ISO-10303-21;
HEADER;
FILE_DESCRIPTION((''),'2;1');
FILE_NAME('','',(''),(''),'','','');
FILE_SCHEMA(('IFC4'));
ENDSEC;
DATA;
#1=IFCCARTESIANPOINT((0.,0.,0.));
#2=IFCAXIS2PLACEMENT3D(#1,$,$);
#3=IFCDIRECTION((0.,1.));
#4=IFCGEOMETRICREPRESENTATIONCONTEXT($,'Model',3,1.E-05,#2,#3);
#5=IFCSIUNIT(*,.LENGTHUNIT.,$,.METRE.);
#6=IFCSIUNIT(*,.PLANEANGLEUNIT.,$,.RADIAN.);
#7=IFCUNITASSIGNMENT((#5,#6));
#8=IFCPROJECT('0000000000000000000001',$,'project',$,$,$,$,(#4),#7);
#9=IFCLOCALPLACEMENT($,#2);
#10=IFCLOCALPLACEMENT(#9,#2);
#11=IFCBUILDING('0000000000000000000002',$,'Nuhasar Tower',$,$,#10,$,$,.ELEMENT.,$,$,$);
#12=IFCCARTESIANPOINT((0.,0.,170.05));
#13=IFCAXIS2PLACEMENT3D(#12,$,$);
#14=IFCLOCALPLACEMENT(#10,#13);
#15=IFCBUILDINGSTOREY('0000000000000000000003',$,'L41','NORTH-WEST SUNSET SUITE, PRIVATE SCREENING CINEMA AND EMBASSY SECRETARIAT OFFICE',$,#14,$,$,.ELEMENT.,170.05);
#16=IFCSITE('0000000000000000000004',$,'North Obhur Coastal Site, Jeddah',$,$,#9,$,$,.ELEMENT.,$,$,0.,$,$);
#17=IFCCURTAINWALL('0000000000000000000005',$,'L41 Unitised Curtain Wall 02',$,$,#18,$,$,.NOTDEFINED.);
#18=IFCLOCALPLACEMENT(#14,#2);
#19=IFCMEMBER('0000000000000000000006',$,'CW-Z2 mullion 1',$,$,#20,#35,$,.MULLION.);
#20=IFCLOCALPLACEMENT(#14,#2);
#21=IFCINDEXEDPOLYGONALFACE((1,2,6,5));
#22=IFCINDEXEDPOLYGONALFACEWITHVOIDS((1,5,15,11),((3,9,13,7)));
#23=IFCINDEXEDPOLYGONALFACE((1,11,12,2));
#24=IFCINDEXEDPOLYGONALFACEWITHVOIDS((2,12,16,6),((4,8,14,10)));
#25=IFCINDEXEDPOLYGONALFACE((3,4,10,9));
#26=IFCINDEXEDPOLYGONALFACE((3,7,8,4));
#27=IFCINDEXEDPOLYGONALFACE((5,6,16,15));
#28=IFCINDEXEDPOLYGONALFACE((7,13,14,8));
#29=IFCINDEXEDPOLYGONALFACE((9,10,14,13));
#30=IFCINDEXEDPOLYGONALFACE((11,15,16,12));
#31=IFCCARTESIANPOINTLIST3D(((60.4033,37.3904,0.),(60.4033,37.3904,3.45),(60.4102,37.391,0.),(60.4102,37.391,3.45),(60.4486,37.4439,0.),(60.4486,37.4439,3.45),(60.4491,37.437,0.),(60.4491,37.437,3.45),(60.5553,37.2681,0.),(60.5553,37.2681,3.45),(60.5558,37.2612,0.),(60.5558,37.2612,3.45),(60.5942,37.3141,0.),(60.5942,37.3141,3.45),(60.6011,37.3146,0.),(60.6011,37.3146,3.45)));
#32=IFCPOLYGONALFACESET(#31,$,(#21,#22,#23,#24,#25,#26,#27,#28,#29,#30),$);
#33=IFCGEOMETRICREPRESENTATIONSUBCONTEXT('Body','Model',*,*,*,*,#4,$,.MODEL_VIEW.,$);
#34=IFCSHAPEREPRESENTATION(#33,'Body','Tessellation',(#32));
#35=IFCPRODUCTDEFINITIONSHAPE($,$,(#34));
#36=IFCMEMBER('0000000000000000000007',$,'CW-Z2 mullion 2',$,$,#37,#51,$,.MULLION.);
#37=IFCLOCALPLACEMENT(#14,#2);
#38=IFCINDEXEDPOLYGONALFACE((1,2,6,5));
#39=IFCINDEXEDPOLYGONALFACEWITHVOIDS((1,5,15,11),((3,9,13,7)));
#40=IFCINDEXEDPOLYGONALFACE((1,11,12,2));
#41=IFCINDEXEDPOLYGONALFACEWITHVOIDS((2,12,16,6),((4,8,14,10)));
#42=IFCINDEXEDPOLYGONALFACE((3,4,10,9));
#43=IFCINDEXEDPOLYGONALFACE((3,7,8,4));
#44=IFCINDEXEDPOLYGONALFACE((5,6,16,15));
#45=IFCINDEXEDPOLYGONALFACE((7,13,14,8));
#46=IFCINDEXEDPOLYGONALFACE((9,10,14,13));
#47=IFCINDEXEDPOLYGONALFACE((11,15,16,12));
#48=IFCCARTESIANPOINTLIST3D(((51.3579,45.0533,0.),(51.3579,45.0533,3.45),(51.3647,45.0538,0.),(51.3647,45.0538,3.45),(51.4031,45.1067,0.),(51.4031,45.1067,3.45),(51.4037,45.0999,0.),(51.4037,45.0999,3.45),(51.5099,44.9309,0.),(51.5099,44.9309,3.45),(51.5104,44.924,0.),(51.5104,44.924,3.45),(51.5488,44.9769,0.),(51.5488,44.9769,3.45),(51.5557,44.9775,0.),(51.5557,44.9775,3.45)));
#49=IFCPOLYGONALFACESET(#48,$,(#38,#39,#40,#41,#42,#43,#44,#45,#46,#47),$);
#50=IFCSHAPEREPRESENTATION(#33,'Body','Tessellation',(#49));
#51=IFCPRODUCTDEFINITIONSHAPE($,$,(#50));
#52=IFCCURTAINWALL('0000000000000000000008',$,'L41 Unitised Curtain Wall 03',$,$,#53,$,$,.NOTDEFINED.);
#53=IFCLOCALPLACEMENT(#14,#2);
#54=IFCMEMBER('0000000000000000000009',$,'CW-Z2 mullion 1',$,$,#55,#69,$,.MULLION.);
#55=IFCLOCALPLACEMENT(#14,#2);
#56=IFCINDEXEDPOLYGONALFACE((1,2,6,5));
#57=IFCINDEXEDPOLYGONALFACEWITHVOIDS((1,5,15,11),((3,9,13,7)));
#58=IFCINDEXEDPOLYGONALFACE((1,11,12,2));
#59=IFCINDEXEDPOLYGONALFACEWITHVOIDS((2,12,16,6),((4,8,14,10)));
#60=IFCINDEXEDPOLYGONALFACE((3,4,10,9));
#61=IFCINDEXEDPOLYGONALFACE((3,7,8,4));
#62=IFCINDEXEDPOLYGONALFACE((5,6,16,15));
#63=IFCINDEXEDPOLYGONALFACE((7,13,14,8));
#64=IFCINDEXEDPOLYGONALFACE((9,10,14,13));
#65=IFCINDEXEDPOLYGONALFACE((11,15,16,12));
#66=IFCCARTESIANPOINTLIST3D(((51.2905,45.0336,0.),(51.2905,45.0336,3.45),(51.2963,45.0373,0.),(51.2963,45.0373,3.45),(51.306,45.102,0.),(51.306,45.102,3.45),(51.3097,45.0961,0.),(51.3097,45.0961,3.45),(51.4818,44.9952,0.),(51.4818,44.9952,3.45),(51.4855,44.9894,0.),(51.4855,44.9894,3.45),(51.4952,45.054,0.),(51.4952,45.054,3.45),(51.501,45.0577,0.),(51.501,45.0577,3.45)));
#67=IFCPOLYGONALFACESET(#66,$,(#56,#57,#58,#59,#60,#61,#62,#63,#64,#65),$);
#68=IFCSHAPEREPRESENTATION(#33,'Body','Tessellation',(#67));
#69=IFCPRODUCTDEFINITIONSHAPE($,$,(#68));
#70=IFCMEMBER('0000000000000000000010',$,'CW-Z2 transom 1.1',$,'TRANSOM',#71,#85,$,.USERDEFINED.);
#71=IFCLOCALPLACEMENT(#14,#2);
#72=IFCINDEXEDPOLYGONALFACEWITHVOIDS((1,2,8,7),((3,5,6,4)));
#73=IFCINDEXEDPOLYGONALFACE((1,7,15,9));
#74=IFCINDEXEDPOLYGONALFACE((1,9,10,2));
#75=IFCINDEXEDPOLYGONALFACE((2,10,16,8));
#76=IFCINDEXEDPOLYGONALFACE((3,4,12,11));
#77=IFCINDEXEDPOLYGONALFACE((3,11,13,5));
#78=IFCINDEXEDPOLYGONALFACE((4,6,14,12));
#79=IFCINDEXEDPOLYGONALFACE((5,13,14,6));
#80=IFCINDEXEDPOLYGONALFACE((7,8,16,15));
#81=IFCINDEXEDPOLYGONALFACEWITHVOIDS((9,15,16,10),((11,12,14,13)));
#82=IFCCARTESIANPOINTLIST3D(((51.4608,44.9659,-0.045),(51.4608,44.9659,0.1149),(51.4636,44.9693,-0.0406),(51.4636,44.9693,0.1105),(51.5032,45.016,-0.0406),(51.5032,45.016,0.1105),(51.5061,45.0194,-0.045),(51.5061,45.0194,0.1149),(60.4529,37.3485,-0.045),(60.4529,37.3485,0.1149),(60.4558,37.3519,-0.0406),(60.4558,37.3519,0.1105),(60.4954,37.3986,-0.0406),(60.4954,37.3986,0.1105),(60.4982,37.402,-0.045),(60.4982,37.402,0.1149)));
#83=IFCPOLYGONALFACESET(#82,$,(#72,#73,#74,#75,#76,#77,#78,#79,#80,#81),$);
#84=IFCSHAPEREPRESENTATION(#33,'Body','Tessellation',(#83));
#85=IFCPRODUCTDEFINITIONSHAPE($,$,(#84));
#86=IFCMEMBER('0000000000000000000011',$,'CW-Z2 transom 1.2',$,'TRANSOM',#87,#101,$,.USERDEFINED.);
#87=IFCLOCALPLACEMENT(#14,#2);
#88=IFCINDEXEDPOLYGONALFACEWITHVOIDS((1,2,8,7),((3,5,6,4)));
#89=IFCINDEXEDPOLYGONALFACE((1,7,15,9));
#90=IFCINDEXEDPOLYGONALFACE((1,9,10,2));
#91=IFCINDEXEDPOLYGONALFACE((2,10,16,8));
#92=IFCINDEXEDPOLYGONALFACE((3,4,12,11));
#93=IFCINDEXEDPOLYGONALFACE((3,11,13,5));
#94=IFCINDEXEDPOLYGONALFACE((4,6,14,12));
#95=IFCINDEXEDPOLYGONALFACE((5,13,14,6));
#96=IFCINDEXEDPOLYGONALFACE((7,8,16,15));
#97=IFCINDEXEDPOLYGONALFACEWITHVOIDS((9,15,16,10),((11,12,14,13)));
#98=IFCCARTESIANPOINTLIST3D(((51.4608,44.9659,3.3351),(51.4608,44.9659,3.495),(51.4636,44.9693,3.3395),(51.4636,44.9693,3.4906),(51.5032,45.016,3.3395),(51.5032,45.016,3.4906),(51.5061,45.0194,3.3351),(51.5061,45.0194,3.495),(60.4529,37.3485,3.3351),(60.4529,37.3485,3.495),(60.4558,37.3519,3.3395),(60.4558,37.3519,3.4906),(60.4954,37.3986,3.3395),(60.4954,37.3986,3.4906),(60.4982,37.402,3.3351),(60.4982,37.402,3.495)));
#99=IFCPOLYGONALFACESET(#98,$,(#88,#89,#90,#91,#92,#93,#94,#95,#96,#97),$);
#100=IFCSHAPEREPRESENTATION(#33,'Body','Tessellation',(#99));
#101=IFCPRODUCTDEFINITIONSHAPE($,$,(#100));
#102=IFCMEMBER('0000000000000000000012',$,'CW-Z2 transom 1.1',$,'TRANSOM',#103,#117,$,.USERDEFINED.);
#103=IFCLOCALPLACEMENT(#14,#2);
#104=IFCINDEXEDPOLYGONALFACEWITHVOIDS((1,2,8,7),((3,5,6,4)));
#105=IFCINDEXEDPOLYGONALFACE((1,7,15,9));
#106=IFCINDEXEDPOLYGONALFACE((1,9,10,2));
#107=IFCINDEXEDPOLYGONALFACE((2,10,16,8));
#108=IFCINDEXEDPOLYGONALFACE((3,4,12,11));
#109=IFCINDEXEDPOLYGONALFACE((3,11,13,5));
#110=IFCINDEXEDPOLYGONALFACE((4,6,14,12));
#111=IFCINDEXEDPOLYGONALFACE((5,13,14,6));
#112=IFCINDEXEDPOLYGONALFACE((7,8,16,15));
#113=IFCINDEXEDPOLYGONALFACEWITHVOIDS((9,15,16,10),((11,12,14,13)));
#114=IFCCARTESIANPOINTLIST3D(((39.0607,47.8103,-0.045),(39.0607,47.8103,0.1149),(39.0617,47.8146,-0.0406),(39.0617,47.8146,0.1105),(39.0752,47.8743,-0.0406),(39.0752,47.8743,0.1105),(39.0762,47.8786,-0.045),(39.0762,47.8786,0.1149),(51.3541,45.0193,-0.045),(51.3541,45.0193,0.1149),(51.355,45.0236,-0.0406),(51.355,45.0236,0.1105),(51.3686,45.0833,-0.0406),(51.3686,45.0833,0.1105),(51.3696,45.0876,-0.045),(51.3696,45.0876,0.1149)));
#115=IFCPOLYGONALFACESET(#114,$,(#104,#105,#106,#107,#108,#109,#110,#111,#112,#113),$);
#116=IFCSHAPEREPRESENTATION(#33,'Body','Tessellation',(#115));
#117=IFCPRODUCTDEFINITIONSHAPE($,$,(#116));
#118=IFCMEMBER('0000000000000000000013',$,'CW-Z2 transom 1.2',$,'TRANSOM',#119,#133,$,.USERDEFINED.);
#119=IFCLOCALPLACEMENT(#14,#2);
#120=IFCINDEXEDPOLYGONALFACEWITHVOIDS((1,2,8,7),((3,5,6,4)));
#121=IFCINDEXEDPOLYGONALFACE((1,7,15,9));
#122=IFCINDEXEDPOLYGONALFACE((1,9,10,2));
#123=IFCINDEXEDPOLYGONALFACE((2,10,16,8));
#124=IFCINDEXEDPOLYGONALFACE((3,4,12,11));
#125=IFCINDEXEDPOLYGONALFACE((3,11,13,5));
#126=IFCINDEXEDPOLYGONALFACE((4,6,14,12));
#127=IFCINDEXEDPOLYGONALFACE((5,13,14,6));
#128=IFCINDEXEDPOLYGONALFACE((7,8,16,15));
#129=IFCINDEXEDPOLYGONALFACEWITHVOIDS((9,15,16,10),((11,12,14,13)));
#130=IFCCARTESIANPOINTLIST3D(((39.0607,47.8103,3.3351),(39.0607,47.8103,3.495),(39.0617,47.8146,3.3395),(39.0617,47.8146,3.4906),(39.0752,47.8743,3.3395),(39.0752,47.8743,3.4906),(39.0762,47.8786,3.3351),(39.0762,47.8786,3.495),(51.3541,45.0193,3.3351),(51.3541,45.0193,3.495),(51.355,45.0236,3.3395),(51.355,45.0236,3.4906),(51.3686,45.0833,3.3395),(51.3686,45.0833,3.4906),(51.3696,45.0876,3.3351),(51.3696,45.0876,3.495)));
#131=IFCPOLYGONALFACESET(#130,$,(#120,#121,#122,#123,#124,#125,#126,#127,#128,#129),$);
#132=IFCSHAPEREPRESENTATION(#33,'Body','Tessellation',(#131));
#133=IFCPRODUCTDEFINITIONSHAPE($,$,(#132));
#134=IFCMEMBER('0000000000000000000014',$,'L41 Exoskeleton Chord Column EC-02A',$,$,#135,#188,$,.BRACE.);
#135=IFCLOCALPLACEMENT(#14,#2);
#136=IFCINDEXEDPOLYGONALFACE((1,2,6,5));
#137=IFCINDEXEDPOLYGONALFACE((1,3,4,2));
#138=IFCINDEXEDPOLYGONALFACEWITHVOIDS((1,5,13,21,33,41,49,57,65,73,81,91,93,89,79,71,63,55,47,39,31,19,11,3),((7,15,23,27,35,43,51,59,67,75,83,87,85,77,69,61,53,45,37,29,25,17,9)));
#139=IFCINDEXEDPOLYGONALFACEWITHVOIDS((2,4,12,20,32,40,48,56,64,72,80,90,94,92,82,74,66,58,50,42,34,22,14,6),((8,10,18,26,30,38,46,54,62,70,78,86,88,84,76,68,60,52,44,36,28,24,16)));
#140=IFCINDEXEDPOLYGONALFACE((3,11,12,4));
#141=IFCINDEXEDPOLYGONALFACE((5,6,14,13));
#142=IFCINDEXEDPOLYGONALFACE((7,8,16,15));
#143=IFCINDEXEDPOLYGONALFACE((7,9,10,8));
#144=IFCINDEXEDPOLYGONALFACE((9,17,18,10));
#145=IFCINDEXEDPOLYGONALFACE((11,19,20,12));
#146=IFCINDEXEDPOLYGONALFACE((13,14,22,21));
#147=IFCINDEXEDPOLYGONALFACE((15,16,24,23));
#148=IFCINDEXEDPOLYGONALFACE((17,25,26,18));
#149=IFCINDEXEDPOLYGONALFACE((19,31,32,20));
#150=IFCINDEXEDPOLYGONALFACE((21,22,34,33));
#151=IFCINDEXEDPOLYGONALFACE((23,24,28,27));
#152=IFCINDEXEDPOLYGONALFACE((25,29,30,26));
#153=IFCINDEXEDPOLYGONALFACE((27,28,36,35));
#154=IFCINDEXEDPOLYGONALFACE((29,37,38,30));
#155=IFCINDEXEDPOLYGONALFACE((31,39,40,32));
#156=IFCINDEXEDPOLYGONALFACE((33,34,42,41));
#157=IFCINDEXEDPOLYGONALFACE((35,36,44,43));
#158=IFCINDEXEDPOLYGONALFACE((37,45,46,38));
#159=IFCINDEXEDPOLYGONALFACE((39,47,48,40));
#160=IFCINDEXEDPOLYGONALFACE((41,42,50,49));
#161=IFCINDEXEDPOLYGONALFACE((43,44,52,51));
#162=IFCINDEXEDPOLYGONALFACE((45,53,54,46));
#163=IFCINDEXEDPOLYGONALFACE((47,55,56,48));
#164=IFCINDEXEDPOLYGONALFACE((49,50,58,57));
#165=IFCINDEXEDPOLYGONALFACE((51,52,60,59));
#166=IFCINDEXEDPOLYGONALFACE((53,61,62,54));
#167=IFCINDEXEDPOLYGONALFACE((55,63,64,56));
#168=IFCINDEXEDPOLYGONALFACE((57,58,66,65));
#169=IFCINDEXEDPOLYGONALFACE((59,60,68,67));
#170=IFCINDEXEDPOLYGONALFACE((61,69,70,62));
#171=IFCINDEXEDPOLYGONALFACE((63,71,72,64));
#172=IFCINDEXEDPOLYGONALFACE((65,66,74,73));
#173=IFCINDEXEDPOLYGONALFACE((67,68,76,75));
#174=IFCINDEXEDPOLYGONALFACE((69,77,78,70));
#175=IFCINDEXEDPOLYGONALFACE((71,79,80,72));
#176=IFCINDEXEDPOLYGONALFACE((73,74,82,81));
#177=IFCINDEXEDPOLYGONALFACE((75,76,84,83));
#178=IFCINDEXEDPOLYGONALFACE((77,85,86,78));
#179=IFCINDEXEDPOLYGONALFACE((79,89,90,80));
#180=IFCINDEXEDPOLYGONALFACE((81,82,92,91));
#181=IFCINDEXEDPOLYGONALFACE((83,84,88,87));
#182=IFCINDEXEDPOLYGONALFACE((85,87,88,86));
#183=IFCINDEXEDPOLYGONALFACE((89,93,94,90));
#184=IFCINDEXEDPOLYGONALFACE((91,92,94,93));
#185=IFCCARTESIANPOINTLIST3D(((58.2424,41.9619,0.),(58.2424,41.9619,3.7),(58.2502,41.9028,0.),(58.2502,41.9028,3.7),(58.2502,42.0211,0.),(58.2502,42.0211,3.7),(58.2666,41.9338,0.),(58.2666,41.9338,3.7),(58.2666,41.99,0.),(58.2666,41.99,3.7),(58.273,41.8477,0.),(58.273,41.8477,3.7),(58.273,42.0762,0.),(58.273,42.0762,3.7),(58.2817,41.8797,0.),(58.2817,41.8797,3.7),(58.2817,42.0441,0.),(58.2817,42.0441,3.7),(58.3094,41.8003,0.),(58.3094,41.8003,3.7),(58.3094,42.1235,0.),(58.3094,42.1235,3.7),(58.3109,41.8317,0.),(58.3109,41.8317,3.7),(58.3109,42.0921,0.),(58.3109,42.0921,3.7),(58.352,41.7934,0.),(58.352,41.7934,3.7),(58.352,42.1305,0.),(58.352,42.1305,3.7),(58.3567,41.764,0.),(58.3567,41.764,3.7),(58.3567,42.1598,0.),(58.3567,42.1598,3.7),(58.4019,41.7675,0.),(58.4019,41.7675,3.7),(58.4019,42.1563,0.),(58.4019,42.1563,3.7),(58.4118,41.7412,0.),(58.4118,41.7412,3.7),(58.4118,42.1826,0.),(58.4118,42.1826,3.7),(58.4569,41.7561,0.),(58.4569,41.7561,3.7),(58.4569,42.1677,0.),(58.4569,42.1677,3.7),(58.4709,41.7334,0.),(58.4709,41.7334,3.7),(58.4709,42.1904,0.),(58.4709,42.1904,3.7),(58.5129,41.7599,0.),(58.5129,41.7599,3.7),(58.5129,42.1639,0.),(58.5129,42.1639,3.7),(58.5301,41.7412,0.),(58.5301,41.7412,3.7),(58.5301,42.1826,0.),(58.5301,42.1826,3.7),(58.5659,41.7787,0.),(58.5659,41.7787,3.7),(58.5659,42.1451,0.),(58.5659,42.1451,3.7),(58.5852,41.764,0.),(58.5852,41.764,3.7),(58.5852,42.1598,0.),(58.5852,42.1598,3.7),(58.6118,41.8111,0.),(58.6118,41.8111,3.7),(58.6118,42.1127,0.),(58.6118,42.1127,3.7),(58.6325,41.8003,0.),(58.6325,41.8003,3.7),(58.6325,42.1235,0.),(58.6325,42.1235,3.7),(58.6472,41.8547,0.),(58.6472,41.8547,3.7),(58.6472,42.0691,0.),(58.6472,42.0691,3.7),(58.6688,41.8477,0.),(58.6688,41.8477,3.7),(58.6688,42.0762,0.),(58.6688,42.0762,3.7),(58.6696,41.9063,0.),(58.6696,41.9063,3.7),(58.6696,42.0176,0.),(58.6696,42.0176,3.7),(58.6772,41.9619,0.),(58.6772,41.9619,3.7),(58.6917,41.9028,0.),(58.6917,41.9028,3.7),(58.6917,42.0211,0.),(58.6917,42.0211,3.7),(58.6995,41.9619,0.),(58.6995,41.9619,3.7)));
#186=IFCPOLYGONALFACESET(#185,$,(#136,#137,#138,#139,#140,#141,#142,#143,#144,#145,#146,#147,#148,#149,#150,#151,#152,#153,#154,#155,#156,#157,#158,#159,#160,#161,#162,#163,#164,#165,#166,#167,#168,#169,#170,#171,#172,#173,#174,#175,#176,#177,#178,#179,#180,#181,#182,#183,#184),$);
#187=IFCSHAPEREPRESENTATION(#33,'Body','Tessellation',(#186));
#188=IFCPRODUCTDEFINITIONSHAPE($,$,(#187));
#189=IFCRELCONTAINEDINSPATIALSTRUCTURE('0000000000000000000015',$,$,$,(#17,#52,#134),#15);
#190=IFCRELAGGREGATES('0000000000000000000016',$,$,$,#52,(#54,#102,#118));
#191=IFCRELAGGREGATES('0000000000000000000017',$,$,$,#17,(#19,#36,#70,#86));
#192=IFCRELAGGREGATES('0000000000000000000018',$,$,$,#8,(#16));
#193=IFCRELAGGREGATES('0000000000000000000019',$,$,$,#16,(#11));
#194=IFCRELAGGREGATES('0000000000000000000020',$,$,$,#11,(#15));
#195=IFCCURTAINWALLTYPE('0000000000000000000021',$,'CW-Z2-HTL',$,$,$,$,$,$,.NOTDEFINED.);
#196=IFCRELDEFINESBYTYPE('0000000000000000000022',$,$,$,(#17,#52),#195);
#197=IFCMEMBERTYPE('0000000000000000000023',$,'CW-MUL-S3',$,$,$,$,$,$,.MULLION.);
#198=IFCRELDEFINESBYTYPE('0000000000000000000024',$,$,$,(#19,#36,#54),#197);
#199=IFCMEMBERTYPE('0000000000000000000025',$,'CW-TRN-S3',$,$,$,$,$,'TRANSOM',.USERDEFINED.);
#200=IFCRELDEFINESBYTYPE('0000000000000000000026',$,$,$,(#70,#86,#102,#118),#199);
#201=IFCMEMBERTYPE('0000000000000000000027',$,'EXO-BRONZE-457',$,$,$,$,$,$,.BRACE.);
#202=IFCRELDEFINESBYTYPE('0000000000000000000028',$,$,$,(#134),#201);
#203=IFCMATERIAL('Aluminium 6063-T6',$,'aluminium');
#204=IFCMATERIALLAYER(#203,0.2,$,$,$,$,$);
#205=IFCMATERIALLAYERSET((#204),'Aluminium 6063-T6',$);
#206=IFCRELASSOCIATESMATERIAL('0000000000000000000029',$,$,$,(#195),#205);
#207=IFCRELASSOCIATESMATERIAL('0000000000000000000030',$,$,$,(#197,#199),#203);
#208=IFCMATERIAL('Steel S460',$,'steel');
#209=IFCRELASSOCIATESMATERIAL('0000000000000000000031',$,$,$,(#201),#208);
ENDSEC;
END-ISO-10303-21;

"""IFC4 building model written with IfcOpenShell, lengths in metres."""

from ifc_helpers import new_model, si_unit, direction, frame, origin, origin_2d, place, context, subcontext, project, spatial, hollow_rectangle, hollow_circle, extrude, material, layer, layer_set, material_profile, profile_set, type_object, element, aggregate, save


model = new_model("IFC4")

# Units and contexts
model_context = context("Model", 3, precision=1e-05, world=origin(), true_north=direction((0.0, 1.0)))
body_context = subcontext(model_context, "Body", "Model", "MODEL_VIEW")
ifc_project = project(units=[si_unit("LENGTHUNIT", "METRE"), si_unit("PLANEANGLEUNIT", "RADIAN")], contexts=[model_context])

# Site, building, storey
site_placement = place(None, origin())
site = spatial("IfcSite", under=ifc_project, at=site_placement, Name="North Obhur Coastal Site, Jeddah", CompositionType="ELEMENT", RefElevation=0.0)
building_placement = place(site_placement, origin())
building = spatial("IfcBuilding", under=site, at=building_placement, Name="Nuhasar Tower", CompositionType="ELEMENT")
storey_placement = place(building_placement, frame((0.0, 0.0, 170.05)))
storey = spatial("IfcBuildingStorey", under=building, at=storey_placement, Name="L41", Description="NORTH-WEST SUNSET SUITE, PRIVATE SCREENING CINEMA AND EMBASSY SECRETARIAT OFFICE", CompositionType="ELEMENT", Elevation=170.05)

# Curtain wall, members
ifc_material_1 = material(Name="Aluminium 6063-T6", Category="aluminium")
ifc_layer_1 = layer(ifc_material_1, 0.2)
ifc_layer_set_1 = layer_set([ifc_layer_1], Name="Aluminium 6063-T6")
curtain_wall_type = type_object("IfcCurtainWallType", Name="CW-Z2-HTL", PredefinedType="NOTDEFINED", material=ifc_layer_set_1)
curtain_wall_1_placement = place(storey_placement, origin())
curtain_wall_1 = element("IfcCurtainWall", 1, at=curtain_wall_1_placement, inside=storey, type_object=curtain_wall_type, Name="L41 Unitised Curtain Wall 02", PredefinedType="NOTDEFINED")
ifc_material_profile_1 = material_profile(ifc_material_1, hollow_rectangle(XDim=0.0701, YDim=0.2, WallThickness=0.0049, at=origin_2d()), Name="CWM-3")
ifc_profile_set_1 = profile_set([ifc_material_profile_1], Name="Aluminium 6063-T6")
member_type_1 = type_object("IfcMemberType", Name="CW-MUL-S3", PredefinedType="MULLION", material=ifc_profile_set_1)
member_1_placement = place(storey_placement, frame((60.5022, 37.3525, 0.0), z_axis=(0.0, 0.0, 1.0), x_axis=(-0.646374, -0.76302, 0.0)))
member_1 = element("IfcMember", 2, at=member_1_placement, type_object=member_type_1, Name="CW-Z2 mullion 1", PredefinedType="MULLION", context=body_context, shape_type="SweptSolid", body=[
    extrude(hollow_rectangle(XDim=0.0701, YDim=0.2, WallThickness=0.0049, at=origin_2d()), origin(), (0.0, 0.0, 1.0), 3.45),
])
member_2_placement = place(storey_placement, frame((51.4568, 45.0154, 0.0), z_axis=(0.0, 0.0, 1.0), x_axis=(-0.646374, -0.76302, 0.0)))
member_2 = element("IfcMember", 3, at=member_2_placement, type_object=member_type_1, Name="CW-Z2 mullion 2", PredefinedType="MULLION", context=body_context, shape_type="SweptSolid", body=[
    extrude(hollow_rectangle(XDim=0.0701, YDim=0.2, WallThickness=0.0049, at=origin_2d()), origin(), (0.0, 0.0, 1.0), 3.45),
])

# Curtain wall, member
curtain_wall_2_placement = place(storey_placement, origin())
curtain_wall_2 = element("IfcCurtainWall", 4, at=curtain_wall_2_placement, inside=storey, type_object=curtain_wall_type, Name="L41 Unitised Curtain Wall 03", PredefinedType="NOTDEFINED")
member_3_placement = place(storey_placement, frame((51.3958, 45.0457, 0.0), z_axis=(0.0, 0.0, 1.0), x_axis=(-0.221397, -0.975184, 0.0)))
member_3 = element("IfcMember", 5, at=member_3_placement, type_object=member_type_1, Name="CW-Z2 mullion 1", PredefinedType="MULLION", context=body_context, shape_type="SweptSolid", body=[
    extrude(hollow_rectangle(XDim=0.0701, YDim=0.2, WallThickness=0.0049, at=origin_2d()), origin(), (0.0, 0.0, 1.0), 3.45),
])

# Members
ifc_material_profile_2 = material_profile(ifc_material_1, hollow_rectangle(XDim=0.0701, YDim=0.1599, WallThickness=0.0044, at=origin_2d()), Name="CWT-3")
ifc_profile_set_2 = profile_set([ifc_material_profile_2], Name="Aluminium 6063-T6")
member_type_2 = type_object("IfcMemberType", Name="CW-TRN-S3", ElementType="TRANSOM", PredefinedType="USERDEFINED", material=ifc_profile_set_2)
member_4_placement = place(storey_placement, frame((60.4756, 37.3752, 0.0349), z_axis=(-0.763024, 0.64637, 0.0), x_axis=(-0.64637, -0.763024, 0.0)))
member_4 = element("IfcMember", 6, at=member_4_placement, type_object=member_type_2, Name="CW-Z2 transom 1.1", ObjectType="TRANSOM", PredefinedType="USERDEFINED", context=body_context, shape_type="SweptSolid", body=[
    extrude(hollow_rectangle(XDim=0.0701, YDim=0.1599, WallThickness=0.0044, at=origin_2d()), origin(), (0.0, 0.0, 1.0), 11.7849),
])
member_5_placement = place(storey_placement, frame((60.4756, 37.3752, 3.415), z_axis=(-0.763024, 0.64637, 0.0), x_axis=(-0.64637, -0.763024, 0.0)))
member_5 = element("IfcMember", 7, at=member_5_placement, type_object=member_type_2, Name="CW-Z2 transom 1.2", ObjectType="TRANSOM", PredefinedType="USERDEFINED", context=body_context, shape_type="SweptSolid", body=[
    extrude(hollow_rectangle(XDim=0.0701, YDim=0.1599, WallThickness=0.0044, at=origin_2d()), origin(), (0.0, 0.0, 1.0), 11.7849),
])
member_6_placement = place(storey_placement, frame((51.3618, 45.0535, 0.0349), z_axis=(-0.975183, 0.221398, 0.0), x_axis=(-0.221398, -0.975183, 0.0)))
member_6 = element("IfcMember", 8, at=member_6_placement, type_object=member_type_2, Name="CW-Z2 transom 1.1", ObjectType="TRANSOM", PredefinedType="USERDEFINED", context=body_context, shape_type="SweptSolid", body=[
    extrude(hollow_rectangle(XDim=0.0701, YDim=0.1599, WallThickness=0.0044, at=origin_2d()), origin(), (0.0, 0.0, 1.0), 12.6062),
])
member_7_placement = place(storey_placement, frame((51.3618, 45.0535, 3.415), z_axis=(-0.975183, 0.221398, 0.0), x_axis=(-0.221398, -0.975183, 0.0)))
member_7 = element("IfcMember", 9, at=member_7_placement, type_object=member_type_2, Name="CW-Z2 transom 1.2", ObjectType="TRANSOM", PredefinedType="USERDEFINED", context=body_context, shape_type="SweptSolid", body=[
    extrude(hollow_rectangle(XDim=0.0701, YDim=0.1599, WallThickness=0.0044, at=origin_2d()), origin(), (0.0, 0.0, 1.0), 12.6062),
])
aggregate(curtain_wall_2, [member_3, member_6, member_7])

# Member
ifc_material_2 = material(Name="Steel S460", Category="steel")
ifc_material_profile_3 = material_profile(ifc_material_2, hollow_circle(Radius=0.2285, WallThickness=0.0222, at=origin_2d()), Name="HSS457X22.2")
ifc_profile_set_3 = profile_set([ifc_material_profile_3], Name="Steel S460")
member_type_3 = type_object("IfcMemberType", Name="EXO-BRONZE-457", PredefinedType="BRACE", material=ifc_profile_set_3)
for number, where, z_axis, x_axis, name in (
    (10, (58.4709, 41.9619, 0.0), (0.0, 0.0, 1.0), (1.0, 0.0, 0.0), "L41 Exoskeleton Chord Column EC-02A"),
):
    element("IfcMember", number, at=place(storey_placement, frame(where, z_axis=z_axis, x_axis=x_axis)), inside=storey, type_object=member_type_3, Name=name, PredefinedType="BRACE", context=body_context, shape_type="SweptSolid", body=[
        extrude(hollow_circle(Radius=0.2285, WallThickness=0.0222, at=origin_2d()), origin(), (0.0, 0.0, 1.0), 3.7),
    ])

aggregate(curtain_wall_1, [member_1, member_2, member_4, member_5])

save(model, "model.ifc")
